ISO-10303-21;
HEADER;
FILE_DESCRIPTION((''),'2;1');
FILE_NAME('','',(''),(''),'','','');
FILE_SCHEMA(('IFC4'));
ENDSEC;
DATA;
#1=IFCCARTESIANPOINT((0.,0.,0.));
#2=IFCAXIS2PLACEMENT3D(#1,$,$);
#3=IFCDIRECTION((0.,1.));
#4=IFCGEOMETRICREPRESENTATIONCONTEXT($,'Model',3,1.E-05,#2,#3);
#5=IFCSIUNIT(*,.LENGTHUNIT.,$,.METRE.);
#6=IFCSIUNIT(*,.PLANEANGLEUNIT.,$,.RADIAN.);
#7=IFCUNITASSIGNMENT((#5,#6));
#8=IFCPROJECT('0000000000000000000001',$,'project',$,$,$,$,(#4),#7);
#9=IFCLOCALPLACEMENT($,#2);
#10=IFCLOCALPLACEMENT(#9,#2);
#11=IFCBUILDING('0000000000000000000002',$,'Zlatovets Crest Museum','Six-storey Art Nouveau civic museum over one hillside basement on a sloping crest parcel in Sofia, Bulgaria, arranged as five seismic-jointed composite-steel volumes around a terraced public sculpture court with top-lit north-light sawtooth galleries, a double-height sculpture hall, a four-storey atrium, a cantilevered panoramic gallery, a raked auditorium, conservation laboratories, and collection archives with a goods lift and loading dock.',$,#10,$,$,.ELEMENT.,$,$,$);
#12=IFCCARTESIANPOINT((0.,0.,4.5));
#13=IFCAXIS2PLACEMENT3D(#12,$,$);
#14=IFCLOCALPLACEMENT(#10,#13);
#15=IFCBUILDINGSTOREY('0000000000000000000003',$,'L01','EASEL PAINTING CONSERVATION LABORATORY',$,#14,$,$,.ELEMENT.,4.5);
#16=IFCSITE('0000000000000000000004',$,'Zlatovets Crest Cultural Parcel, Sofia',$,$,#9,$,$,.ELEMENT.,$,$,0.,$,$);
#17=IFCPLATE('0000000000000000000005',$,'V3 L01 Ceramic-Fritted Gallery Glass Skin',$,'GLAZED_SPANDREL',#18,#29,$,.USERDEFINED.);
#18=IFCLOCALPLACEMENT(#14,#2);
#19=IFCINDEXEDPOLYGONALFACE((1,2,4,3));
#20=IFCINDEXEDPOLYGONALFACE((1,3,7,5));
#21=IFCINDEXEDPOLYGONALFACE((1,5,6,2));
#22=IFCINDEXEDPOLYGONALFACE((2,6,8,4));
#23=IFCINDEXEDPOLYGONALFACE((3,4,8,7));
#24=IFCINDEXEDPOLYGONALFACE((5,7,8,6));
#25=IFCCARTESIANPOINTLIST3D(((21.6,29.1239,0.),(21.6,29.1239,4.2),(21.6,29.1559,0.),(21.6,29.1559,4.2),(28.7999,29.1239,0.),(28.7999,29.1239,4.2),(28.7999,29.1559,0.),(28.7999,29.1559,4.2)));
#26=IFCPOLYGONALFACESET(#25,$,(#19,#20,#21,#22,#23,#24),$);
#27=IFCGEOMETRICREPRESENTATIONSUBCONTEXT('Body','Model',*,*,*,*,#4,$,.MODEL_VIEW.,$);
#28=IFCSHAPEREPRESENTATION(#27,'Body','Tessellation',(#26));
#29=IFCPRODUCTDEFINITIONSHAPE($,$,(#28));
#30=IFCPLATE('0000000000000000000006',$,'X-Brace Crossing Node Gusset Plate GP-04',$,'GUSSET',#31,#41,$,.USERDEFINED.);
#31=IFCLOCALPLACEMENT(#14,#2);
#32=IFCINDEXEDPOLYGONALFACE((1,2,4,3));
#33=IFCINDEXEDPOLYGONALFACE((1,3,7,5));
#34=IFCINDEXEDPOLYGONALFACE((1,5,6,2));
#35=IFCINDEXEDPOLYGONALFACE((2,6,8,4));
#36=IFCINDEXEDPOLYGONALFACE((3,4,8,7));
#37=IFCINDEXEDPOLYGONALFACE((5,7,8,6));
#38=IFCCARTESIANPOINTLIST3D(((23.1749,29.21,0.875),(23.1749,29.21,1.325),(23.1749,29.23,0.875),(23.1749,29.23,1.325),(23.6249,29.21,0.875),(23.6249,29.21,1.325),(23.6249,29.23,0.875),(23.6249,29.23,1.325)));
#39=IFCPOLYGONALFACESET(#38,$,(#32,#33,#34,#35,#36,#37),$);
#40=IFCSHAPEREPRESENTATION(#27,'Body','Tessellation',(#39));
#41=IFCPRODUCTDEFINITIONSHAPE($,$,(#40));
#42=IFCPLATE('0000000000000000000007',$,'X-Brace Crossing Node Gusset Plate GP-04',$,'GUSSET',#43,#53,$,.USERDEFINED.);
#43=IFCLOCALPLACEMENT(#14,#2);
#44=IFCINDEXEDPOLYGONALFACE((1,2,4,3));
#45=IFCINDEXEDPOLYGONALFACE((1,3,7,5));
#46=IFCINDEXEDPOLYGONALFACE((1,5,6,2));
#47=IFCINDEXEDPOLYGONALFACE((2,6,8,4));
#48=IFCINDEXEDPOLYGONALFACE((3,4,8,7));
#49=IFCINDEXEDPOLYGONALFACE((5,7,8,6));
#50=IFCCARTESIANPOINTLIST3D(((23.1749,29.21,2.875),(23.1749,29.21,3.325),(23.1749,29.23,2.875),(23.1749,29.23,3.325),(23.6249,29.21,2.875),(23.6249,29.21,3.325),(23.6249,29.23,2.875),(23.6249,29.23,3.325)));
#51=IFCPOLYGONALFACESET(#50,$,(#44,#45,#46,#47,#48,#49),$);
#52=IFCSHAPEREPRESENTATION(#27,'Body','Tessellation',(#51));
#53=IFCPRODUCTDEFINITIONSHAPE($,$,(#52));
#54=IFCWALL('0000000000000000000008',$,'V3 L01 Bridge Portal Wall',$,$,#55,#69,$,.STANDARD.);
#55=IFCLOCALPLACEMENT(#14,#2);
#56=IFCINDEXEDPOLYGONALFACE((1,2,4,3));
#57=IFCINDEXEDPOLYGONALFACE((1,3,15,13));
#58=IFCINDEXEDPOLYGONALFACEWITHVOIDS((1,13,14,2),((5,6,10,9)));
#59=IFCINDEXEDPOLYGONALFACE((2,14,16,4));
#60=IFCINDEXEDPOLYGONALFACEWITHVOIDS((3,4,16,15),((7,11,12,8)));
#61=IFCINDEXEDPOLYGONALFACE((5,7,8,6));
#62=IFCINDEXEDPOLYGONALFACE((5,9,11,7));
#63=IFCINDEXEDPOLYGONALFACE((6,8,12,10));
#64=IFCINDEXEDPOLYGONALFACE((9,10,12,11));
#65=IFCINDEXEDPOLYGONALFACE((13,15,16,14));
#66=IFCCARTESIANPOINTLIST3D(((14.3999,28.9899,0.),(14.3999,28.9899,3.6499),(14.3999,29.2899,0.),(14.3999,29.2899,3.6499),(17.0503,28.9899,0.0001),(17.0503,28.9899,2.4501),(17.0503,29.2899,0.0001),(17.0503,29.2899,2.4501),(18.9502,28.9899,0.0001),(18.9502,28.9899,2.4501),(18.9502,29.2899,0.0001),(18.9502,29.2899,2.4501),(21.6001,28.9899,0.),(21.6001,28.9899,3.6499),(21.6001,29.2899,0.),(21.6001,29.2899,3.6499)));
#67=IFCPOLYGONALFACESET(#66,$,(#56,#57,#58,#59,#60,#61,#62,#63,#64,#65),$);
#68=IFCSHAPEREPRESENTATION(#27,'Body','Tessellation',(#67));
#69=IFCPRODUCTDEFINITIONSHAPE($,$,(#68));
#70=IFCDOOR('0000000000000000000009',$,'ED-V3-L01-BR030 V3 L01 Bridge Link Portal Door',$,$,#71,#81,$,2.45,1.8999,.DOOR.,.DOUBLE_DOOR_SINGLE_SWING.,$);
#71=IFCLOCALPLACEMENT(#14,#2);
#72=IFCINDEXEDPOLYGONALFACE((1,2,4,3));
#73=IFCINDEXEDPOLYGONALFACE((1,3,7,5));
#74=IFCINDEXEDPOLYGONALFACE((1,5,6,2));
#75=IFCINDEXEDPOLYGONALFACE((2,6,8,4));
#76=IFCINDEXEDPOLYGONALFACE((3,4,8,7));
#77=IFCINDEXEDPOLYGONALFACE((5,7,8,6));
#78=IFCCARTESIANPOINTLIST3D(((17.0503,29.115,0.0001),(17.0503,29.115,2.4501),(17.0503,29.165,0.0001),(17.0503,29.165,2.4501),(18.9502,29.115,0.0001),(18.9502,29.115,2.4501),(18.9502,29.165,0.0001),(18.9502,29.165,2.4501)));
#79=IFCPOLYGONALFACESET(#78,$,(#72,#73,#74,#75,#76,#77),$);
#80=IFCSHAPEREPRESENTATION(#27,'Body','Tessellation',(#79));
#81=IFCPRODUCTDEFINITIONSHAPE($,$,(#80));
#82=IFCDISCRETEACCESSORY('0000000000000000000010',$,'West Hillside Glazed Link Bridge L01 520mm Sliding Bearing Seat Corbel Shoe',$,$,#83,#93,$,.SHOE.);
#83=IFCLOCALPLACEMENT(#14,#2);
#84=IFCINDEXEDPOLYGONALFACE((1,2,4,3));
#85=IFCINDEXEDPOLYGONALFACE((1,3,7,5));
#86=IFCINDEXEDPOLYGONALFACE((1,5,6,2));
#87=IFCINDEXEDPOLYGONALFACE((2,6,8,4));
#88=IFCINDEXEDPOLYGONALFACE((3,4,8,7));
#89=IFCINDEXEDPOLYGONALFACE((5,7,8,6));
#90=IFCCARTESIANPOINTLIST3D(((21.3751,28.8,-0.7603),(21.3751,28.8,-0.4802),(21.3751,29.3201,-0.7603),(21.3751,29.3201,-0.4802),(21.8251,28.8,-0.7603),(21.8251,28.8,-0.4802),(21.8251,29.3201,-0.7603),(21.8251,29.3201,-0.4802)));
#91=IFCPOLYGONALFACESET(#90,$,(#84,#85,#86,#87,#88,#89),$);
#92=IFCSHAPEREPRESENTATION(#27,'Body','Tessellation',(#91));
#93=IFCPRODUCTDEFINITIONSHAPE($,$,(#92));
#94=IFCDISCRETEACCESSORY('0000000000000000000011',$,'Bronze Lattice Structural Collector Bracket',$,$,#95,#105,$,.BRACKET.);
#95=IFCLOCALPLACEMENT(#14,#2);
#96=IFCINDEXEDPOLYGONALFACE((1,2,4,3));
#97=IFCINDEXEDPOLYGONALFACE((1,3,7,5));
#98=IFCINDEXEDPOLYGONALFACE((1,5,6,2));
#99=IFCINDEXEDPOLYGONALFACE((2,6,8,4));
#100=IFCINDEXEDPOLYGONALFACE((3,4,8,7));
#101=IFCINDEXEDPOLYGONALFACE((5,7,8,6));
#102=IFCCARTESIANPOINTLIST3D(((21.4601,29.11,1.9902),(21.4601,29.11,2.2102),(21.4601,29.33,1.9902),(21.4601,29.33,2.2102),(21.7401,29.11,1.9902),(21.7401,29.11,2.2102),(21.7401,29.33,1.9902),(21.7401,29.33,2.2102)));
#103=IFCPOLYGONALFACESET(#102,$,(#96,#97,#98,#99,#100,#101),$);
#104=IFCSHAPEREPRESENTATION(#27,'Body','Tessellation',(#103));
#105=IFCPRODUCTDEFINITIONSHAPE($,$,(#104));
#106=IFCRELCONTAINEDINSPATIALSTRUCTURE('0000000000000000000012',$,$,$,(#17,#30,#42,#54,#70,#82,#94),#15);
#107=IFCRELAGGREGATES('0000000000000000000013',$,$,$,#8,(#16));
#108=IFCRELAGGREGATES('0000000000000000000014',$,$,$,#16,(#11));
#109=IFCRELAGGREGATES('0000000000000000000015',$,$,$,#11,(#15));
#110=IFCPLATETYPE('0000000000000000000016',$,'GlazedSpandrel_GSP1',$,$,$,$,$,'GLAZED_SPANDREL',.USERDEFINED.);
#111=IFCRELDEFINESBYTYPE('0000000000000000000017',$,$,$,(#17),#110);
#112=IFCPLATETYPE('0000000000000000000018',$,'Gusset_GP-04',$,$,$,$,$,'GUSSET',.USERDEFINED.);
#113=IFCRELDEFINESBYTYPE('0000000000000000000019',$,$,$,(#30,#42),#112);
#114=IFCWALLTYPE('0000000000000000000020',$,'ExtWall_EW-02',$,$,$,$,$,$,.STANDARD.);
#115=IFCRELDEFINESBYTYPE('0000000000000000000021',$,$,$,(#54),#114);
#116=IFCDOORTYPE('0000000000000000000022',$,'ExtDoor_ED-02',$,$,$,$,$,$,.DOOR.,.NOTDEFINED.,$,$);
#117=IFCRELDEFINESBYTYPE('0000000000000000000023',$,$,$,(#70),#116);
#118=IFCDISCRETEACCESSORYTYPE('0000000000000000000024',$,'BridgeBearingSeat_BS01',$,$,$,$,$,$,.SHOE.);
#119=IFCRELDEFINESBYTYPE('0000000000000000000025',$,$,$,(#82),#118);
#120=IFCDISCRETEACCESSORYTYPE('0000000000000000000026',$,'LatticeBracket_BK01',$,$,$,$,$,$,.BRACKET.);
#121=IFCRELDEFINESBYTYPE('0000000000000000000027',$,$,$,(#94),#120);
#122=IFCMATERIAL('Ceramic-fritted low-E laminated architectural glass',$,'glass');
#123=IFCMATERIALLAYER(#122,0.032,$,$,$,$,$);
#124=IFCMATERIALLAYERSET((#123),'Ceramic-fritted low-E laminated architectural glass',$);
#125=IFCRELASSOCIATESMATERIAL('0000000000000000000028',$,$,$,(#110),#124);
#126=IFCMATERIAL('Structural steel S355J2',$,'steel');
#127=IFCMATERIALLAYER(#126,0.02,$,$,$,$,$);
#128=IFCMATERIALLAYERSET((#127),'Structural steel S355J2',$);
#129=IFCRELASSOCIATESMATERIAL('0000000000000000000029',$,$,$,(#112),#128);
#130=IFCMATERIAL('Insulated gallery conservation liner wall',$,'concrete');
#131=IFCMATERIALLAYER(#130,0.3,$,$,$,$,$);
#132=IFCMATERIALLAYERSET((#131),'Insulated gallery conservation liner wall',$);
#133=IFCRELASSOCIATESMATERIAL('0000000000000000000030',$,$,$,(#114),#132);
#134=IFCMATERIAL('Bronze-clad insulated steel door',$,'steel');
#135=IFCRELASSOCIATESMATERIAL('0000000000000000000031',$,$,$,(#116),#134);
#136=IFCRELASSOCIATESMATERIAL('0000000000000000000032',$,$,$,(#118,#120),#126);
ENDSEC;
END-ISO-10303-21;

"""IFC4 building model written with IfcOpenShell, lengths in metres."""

from ifc_helpers import new_model, si_unit, direction, frame, frame_2d, origin, origin_2d, place, context, subcontext, project, spatial, rectangle, extrude, material, layer, layer_set, type_object, element, fill, save


model = new_model("IFC4")

# Units and contexts
model_context = context("Model", 3, precision=1e-05, world=origin(), true_north=direction((0.0, 1.0)))
body_context = subcontext(model_context, "Body", "Model", "MODEL_VIEW")
ifc_project = project(units=[si_unit("LENGTHUNIT", "METRE"), si_unit("PLANEANGLEUNIT", "RADIAN")], contexts=[model_context])

# Site, building, storey
site_placement = place(None, origin())
site = spatial("IfcSite", under=ifc_project, at=site_placement, Name="Zlatovets Crest Cultural Parcel, Sofia", CompositionType="ELEMENT", RefElevation=0.0)
building_placement = place(site_placement, origin())
building = spatial("IfcBuilding", under=site, at=building_placement, Name="Zlatovets Crest Museum", Description="Six-storey Art Nouveau civic museum over one hillside basement on a sloping crest parcel in Sofia, Bulgaria, arranged as five seismic-jointed composite-steel volumes around a terraced public sculpture court with top-lit north-light sawtooth galleries, a double-height sculpture hall, a four-storey atrium, a cantilevered panoramic gallery, a raked auditorium, conservation laboratories, and collection archives with a goods lift and loading dock.", CompositionType="ELEMENT")
storey_placement = place(building_placement, frame((0.0, 0.0, 4.5)))
storey = spatial("IfcBuildingStorey", under=building, at=storey_placement, Name="L01", Description="EASEL PAINTING CONSERVATION LABORATORY", CompositionType="ELEMENT", Elevation=4.5)

# Shared definitions
ifc_material_1 = material(Name="Structural steel S355J2", Category="steel")

# Plates
ifc_material_2 = material(Name="Ceramic-fritted low-E laminated architectural glass", Category="glass")
ifc_layer_1 = layer(ifc_material_2, 0.032)
ifc_layer_set_1 = layer_set([ifc_layer_1], Name="Ceramic-fritted low-E laminated architectural glass")
plate_type_1 = type_object("IfcPlateType", Name="GlazedSpandrel_GSP1", ElementType="GLAZED_SPANDREL", PredefinedType="USERDEFINED", material=ifc_layer_set_1)
plate_1_placement = place(storey_placement, frame((25.2, 29.1399, 0.0), z_axis=(0.0, 0.0, 1.0), x_axis=(1.0, 0.0, 0.0)))
element("IfcPlate", 1, at=plate_1_placement, inside=storey, type_object=plate_type_1, Name="V3 L01 Ceramic-Fritted Gallery Glass Skin", ObjectType="GLAZED_SPANDREL", PredefinedType="USERDEFINED", context=body_context, shape_type="SweptSolid", body=[
    extrude(rectangle(XDim=7.2, YDim=0.032, at=origin_2d()), origin(), (0.0, 0.0, 1.0), 4.2),
])
ifc_layer_2 = layer(ifc_material_1, 0.02)
ifc_layer_set_2 = layer_set([ifc_layer_2], Name="Structural steel S355J2")
plate_type_2 = type_object("IfcPlateType", Name="Gusset_GP-04", ElementType="GUSSET", PredefinedType="USERDEFINED", material=ifc_layer_set_2)
for number, where, z_axis, x_axis, name in (
    (2, (23.3999, 29.22, 0.875), (0.0, 0.0, 1.0), (1.0, 0.0, 0.0), "X-Brace Crossing Node Gusset Plate GP-04"),
    (3, (23.3999, 29.22, 2.875), (0.0, 0.0, 1.0), (1.0, 0.0, 0.0), "X-Brace Crossing Node Gusset Plate GP-04"),
):
    element("IfcPlate", number, at=place(storey_placement, frame(where, z_axis=z_axis, x_axis=x_axis)), inside=storey, type_object=plate_type_2, Name=name, ObjectType="GUSSET", PredefinedType="USERDEFINED", context=body_context, shape_type="SweptSolid", body=[
        extrude(rectangle(XDim=0.45, YDim=0.02, at=origin_2d()), origin(), (0.0, 0.0, 1.0), 0.45),
    ])

# Wall, opening, door
ifc_material_3 = material(Name="Insulated gallery conservation liner wall", Category="concrete")
ifc_layer_3 = layer(ifc_material_3, 0.3)
ifc_layer_set_3 = layer_set([ifc_layer_3], Name="Insulated gallery conservation liner wall")
wall_type = type_object("IfcWallType", Name="ExtWall_EW-02", PredefinedType="STANDARD", material=ifc_layer_set_3)
wall_placement = place(storey_placement, frame((21.6001, 29.1399, 0.0), z_axis=(0.0, 0.0, 1.0), x_axis=(-1.0, 0.0, 0.0)))
wall = element("IfcWall", 4, at=wall_placement, inside=storey, type_object=wall_type, Name="V3 L01 Bridge Portal Wall", PredefinedType="STANDARD", context=body_context, shape_type="SweptSolid", body=[
    extrude(rectangle(XDim=7.2002, YDim=0.3, at=frame_2d((3.6001, 0.0))), origin(), (0.0, 0.0, 1.0), 3.6499),
])
opening_placement = place(wall_placement, frame((2.6499, 0.0, 0.0)))
opening = element("IfcOpeningElement", 5, at=opening_placement, cuts=wall, PredefinedType="OPENING", context=body_context, shape_type="SweptSolid", body=[
    extrude(rectangle(XDim=1.8999, YDim=2.45, at=frame_2d((0.95, 1.2251))), frame((0.0, 0.1602, 0.0), z_axis=(0.0, -1.0, 0.0), x_axis=(1.0, 0.0, 0.0)), (0.0, 0.0, 1.0), 0.3201),
])
ifc_material_4 = material(Name="Bronze-clad insulated steel door", Category="steel")
door_type = type_object("IfcDoorType", Name="ExtDoor_ED-02", OperationType="NOTDEFINED", PredefinedType="DOOR", material=ifc_material_4)
door_placement = place(opening_placement, origin())
door = element("IfcDoor", 6, at=door_placement, inside=storey, type_object=door_type, Name="ED-V3-L01-BR030 V3 L01 Bridge Link Portal Door", OperationType="DOUBLE_DOOR_SINGLE_SWING", OverallHeight=2.45, OverallWidth=1.8999, PredefinedType="DOOR", context=body_context, shape_type="SweptSolid", body=[
    extrude(rectangle(XDim=1.8999, YDim=2.45, at=frame_2d((0.95, 1.2251))), frame((0.0, 0.0249, 0.0), z_axis=(0.0, -1.0, 0.0), x_axis=(1.0, 0.0, 0.0)), (0.0, 0.0, 1.0), 0.05),
])
fill(opening, door)

# Discrete accessories
discrete_accessory_type_1 = type_object("IfcDiscreteAccessoryType", Name="BridgeBearingSeat_BS01", PredefinedType="SHOE", material=ifc_material_1)
discrete_accessory_1_placement = place(storey_placement, frame((21.6001, 29.0601, -0.7603), z_axis=(0.0, 0.0, 1.0), x_axis=(1.0, 0.0, 0.0)))
element("IfcDiscreteAccessory", 7, at=discrete_accessory_1_placement, inside=storey, type_object=discrete_accessory_type_1, Name="West Hillside Glazed Link Bridge L01 520mm Sliding Bearing Seat Corbel Shoe", PredefinedType="SHOE", context=body_context, shape_type="SweptSolid", body=[
    extrude(rectangle(XDim=0.45, YDim=0.52, at=origin_2d()), origin(), (0.0, 0.0, 1.0), 0.28),
])
discrete_accessory_type_2 = type_object("IfcDiscreteAccessoryType", Name="LatticeBracket_BK01", PredefinedType="BRACKET", material=ifc_material_1)
discrete_accessory_2_placement = place(storey_placement, frame((21.6001, 29.22, 1.9902), z_axis=(0.0, 0.0, 1.0), x_axis=(1.0, 0.0, 0.0)))
element("IfcDiscreteAccessory", 8, at=discrete_accessory_2_placement, inside=storey, type_object=discrete_accessory_type_2, Name="Bronze Lattice Structural Collector Bracket", PredefinedType="BRACKET", context=body_context, shape_type="SweptSolid", body=[
    extrude(rectangle(XDim=0.28, YDim=0.22, at=origin_2d()), origin(), (0.0, 0.0, 1.0), 0.22),
])

save(model, "model.ifc")
